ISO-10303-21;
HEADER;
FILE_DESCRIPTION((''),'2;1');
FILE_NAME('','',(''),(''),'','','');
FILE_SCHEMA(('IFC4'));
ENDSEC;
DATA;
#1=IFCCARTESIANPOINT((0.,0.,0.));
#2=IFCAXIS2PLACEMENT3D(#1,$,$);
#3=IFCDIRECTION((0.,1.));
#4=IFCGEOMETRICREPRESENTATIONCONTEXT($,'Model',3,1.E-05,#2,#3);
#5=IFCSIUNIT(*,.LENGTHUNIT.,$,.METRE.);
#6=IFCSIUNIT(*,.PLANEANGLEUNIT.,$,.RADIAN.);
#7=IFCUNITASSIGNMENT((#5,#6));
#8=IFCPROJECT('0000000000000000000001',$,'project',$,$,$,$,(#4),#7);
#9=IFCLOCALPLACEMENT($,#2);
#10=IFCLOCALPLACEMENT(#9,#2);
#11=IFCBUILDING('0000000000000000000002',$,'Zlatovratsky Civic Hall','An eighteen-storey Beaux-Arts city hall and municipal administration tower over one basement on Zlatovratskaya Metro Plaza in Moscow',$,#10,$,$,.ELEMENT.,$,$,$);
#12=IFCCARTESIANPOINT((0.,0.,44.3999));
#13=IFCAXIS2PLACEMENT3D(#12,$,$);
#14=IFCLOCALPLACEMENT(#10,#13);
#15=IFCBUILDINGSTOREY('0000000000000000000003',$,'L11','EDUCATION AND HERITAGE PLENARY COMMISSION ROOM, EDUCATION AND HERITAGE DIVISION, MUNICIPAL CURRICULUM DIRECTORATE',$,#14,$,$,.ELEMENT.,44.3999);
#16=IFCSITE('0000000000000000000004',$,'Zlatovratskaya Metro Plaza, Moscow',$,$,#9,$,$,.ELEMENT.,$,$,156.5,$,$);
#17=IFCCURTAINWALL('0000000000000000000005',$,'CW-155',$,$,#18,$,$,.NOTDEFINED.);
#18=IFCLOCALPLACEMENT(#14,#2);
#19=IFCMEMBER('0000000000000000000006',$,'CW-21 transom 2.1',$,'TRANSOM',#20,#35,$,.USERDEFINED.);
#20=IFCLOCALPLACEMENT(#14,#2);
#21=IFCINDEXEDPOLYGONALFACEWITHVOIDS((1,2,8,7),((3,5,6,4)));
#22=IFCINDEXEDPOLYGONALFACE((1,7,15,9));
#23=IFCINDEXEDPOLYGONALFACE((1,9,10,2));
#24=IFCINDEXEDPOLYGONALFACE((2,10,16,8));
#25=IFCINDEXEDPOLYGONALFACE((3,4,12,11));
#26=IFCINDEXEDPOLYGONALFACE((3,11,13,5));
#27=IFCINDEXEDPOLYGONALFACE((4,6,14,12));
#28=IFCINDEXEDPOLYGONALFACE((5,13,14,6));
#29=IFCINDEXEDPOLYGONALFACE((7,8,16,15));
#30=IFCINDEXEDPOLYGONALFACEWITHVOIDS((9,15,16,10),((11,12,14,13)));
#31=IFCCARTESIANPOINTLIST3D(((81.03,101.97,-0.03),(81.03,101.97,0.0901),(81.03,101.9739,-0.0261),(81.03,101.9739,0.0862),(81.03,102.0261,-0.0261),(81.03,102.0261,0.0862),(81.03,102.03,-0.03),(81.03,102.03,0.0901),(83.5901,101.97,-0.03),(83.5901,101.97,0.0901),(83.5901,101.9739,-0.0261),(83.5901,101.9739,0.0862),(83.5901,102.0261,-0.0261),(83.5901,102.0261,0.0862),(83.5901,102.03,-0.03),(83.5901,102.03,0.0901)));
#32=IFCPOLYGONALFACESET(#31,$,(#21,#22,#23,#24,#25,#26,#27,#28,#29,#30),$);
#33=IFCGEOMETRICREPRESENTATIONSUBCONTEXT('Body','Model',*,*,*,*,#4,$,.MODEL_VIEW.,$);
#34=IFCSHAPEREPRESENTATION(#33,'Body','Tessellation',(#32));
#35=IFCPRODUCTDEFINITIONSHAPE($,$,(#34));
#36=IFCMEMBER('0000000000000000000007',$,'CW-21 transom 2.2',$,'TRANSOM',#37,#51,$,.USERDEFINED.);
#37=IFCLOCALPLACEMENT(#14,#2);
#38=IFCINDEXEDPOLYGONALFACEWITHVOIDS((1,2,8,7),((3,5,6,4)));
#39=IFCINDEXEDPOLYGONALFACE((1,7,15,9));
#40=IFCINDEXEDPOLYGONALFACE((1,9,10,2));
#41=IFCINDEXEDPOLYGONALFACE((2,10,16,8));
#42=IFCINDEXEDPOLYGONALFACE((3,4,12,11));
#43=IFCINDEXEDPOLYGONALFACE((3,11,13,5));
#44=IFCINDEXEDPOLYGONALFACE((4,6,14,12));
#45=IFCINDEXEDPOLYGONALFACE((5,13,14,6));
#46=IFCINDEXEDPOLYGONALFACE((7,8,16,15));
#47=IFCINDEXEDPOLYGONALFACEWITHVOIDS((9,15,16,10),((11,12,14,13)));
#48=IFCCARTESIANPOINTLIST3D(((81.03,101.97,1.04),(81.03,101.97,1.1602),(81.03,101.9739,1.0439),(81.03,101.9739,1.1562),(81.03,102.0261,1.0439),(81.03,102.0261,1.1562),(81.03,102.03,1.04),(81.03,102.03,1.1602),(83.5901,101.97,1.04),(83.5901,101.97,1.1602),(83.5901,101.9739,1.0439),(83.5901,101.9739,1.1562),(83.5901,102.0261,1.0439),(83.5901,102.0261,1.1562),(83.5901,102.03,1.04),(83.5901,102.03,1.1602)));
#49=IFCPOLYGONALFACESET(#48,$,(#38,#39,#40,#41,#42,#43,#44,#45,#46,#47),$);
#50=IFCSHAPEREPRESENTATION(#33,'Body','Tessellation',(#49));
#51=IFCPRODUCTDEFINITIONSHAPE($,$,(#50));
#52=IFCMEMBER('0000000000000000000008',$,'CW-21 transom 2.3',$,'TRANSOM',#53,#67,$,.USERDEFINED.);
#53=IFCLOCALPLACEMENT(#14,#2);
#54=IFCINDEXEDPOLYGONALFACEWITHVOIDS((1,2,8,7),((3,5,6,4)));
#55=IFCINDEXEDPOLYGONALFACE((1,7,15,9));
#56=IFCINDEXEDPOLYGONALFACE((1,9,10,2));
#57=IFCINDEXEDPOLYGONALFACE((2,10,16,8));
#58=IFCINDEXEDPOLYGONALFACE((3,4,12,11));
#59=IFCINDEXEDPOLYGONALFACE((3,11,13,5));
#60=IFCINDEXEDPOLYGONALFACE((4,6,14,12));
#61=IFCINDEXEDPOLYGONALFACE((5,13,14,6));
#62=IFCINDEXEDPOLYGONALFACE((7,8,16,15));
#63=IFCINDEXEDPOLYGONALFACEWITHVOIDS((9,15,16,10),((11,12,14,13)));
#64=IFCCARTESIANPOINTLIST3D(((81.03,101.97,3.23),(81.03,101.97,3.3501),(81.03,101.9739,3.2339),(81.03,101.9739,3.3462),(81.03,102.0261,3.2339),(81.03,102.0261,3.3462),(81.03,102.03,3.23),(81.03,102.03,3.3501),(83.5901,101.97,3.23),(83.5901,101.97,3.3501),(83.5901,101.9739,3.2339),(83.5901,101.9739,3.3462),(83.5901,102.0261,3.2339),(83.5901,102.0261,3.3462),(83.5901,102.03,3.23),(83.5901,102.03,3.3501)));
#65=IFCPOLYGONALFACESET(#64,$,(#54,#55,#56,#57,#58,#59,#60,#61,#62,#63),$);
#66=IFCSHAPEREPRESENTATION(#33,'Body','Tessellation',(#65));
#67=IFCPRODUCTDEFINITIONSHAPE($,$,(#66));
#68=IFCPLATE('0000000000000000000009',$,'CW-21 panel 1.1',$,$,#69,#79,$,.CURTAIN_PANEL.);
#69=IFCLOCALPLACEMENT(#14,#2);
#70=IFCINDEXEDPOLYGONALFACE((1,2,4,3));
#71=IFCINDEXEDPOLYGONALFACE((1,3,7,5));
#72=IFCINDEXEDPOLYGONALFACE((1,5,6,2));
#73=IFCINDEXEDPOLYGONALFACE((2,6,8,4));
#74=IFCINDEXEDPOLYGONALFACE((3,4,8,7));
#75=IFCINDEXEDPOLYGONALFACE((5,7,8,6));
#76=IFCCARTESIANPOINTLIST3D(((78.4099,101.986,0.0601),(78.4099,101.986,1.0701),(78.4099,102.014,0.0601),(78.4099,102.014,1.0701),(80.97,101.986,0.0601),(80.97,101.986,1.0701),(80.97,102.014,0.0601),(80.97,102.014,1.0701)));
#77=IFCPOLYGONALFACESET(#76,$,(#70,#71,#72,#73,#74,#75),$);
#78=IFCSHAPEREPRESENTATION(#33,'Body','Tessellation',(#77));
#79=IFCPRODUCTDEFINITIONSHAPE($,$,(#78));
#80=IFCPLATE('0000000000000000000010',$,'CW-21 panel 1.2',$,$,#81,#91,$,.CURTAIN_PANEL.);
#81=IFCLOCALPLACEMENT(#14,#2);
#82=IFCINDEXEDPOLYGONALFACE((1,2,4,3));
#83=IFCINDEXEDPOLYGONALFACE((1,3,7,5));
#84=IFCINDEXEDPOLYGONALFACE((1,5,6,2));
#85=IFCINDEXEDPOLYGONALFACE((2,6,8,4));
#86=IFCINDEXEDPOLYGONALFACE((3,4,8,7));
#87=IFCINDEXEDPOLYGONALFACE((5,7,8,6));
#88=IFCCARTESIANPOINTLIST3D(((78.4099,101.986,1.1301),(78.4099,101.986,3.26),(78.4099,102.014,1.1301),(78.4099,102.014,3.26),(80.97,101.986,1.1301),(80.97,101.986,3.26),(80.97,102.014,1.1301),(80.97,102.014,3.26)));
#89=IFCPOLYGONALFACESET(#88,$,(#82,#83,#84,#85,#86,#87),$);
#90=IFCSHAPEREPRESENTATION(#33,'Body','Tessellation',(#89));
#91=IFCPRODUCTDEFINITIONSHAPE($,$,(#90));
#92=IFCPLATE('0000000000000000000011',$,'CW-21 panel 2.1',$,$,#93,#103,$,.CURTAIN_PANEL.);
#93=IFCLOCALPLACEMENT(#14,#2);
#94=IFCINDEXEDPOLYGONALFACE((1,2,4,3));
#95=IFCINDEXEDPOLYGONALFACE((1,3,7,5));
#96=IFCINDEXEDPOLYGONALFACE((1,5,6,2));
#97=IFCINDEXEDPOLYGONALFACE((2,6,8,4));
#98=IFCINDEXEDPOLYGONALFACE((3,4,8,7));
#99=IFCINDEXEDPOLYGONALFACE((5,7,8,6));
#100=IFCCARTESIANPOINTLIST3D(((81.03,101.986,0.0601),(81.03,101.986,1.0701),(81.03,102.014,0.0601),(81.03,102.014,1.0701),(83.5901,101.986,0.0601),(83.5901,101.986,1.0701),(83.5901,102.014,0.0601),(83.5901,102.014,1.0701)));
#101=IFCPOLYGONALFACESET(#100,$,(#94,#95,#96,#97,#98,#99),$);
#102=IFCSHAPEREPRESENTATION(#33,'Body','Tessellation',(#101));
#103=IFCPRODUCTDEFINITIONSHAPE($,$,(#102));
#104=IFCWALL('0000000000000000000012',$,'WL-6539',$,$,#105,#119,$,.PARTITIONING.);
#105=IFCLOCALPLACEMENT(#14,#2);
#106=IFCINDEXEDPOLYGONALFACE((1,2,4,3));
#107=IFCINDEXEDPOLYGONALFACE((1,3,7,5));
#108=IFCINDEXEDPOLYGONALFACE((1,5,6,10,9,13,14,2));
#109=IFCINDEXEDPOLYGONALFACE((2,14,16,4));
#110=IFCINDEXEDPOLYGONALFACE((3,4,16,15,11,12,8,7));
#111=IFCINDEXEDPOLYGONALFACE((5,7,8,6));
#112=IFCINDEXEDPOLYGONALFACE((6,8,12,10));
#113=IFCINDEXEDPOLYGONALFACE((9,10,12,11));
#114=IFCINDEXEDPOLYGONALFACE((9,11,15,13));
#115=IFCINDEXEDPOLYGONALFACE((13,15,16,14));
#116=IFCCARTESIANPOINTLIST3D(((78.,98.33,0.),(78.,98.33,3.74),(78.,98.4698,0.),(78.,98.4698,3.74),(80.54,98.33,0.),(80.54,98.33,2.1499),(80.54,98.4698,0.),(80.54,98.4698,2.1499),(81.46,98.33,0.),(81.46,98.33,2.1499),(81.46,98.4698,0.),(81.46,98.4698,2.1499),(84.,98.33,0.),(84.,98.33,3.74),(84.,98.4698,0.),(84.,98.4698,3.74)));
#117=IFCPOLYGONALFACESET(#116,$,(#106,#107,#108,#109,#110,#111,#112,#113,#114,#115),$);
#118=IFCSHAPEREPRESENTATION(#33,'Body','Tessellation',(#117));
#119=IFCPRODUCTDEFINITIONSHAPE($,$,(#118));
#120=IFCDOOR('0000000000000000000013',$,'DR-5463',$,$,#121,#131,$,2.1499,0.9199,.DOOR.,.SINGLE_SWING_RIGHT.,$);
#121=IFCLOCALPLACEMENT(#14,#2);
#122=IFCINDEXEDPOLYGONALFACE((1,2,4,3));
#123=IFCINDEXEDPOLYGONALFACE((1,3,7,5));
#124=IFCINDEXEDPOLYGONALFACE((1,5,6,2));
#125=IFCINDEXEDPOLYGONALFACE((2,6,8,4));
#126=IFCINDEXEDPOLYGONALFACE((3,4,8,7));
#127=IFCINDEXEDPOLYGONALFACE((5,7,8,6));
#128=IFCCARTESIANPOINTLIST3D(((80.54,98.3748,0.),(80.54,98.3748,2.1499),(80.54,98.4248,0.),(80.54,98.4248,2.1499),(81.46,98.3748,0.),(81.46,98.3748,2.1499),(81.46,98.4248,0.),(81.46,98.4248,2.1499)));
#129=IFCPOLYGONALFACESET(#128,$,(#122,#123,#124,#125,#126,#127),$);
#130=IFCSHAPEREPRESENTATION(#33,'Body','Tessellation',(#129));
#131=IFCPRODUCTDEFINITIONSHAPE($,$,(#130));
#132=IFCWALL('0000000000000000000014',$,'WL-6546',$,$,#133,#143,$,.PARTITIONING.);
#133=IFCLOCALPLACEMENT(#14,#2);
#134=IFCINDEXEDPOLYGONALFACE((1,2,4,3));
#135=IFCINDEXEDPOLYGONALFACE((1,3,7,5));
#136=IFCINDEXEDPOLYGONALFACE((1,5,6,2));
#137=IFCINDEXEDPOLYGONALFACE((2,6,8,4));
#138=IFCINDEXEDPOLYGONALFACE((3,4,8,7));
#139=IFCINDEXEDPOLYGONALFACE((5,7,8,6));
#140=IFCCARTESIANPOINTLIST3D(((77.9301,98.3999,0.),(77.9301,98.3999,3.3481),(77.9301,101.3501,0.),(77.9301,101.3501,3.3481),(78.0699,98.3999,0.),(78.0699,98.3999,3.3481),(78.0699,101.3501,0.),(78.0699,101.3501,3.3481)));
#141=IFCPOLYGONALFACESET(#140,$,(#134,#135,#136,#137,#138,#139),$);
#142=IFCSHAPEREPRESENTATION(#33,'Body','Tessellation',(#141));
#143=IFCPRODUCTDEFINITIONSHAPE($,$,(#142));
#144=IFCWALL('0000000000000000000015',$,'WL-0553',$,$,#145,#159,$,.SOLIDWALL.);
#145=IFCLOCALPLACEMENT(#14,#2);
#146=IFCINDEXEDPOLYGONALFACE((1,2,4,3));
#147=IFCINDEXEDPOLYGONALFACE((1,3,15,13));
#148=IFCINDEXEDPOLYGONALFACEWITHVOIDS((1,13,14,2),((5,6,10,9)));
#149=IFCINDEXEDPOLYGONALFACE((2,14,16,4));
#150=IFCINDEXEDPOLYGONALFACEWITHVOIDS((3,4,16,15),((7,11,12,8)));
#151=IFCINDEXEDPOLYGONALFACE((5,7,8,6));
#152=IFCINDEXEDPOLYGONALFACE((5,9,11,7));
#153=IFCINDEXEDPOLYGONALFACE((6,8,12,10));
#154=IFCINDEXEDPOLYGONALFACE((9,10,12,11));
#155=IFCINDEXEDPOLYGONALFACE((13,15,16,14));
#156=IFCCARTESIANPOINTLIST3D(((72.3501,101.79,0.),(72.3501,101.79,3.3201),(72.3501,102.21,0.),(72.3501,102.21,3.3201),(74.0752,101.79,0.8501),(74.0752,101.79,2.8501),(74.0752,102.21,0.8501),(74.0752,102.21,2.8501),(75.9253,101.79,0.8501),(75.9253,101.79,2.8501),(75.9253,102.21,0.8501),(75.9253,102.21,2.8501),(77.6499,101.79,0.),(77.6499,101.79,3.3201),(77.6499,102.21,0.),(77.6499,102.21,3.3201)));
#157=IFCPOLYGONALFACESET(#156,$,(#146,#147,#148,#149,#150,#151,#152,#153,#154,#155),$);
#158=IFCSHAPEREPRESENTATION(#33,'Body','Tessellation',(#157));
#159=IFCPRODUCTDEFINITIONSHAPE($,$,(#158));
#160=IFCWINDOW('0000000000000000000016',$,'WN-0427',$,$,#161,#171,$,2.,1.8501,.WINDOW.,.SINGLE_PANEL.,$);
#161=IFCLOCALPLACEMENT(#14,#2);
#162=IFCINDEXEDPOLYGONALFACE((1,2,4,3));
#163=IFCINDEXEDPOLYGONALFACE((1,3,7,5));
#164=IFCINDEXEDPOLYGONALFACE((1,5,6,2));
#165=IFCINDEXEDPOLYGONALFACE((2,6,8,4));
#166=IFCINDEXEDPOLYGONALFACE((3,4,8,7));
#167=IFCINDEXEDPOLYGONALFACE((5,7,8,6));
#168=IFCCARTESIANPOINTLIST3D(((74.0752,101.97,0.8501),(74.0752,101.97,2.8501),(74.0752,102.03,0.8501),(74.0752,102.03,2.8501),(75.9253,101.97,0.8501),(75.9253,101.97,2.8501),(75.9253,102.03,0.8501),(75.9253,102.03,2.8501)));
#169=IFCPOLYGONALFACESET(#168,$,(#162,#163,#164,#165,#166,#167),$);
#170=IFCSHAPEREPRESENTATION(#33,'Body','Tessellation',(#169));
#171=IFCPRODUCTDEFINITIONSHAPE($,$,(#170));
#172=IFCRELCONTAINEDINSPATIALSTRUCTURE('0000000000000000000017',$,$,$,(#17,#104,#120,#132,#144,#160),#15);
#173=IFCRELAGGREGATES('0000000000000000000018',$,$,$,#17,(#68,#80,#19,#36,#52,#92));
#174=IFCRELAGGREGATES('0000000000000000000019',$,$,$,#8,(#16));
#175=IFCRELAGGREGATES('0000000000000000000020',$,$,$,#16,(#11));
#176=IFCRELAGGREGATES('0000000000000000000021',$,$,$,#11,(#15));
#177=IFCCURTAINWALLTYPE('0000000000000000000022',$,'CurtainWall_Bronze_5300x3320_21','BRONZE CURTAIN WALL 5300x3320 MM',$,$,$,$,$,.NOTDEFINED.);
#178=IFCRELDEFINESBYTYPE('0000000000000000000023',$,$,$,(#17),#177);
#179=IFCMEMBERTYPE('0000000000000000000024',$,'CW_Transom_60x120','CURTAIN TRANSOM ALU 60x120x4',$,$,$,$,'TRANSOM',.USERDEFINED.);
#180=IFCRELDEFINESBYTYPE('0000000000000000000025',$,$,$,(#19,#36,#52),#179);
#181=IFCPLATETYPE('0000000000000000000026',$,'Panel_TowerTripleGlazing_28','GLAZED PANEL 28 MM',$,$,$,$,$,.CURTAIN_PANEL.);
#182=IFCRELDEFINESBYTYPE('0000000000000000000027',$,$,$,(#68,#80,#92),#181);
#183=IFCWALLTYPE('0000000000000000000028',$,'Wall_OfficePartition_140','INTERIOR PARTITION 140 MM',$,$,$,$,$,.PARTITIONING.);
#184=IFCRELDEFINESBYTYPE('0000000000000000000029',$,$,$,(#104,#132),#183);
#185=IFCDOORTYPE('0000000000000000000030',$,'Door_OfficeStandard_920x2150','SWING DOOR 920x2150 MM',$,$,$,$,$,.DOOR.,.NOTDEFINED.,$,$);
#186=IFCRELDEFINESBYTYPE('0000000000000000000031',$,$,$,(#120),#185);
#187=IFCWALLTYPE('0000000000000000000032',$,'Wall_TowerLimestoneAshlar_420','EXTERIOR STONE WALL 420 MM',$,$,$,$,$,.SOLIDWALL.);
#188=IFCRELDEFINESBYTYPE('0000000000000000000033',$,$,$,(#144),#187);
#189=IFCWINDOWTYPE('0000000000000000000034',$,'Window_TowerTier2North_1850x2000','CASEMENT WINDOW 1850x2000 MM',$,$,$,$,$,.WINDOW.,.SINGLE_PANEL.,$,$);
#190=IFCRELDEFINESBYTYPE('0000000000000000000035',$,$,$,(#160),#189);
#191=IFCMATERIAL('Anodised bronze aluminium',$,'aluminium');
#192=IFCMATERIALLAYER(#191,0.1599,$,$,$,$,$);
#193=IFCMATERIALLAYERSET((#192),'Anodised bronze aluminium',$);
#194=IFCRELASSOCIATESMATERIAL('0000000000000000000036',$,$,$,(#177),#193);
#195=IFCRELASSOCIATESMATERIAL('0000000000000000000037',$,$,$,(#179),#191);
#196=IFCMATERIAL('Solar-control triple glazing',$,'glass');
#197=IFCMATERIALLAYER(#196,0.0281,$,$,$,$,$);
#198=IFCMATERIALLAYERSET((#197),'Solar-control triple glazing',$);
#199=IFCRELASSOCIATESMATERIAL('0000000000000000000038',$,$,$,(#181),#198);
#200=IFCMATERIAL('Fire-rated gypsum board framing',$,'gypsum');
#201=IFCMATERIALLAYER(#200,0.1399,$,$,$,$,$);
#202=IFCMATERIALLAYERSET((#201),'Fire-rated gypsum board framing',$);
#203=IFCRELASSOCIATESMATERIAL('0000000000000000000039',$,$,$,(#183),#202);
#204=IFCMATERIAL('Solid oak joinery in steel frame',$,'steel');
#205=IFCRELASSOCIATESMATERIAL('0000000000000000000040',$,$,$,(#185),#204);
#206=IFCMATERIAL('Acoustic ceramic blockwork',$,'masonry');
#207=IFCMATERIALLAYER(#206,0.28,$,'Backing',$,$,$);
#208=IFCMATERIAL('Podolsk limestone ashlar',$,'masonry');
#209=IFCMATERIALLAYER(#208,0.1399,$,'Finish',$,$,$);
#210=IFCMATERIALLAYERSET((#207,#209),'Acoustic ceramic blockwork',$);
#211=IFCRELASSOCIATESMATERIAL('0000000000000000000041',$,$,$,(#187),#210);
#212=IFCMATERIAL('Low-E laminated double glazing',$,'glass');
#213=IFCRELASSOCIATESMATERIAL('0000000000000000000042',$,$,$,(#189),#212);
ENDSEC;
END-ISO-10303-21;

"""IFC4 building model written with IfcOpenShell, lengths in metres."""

from ifc_helpers import new_model, si_unit, direction, frame, frame_2d, origin, origin_2d, place, context, subcontext, project, spatial, rectangle, hollow_rectangle, extrude, material, layer, layer_set, material_profile, profile_set, type_object, element, fill, aggregate, save


model = new_model("IFC4")

# Units and contexts
model_context = context("Model", 3, precision=1e-05, world=origin(), true_north=direction((0.0, 1.0)))
body_context = subcontext(model_context, "Body", "Model", "MODEL_VIEW")
ifc_project = project(units=[si_unit("LENGTHUNIT", "METRE"), si_unit("PLANEANGLEUNIT", "RADIAN")], contexts=[model_context])

# Site, building, storey
site_placement = place(None, origin())
site = spatial("IfcSite", under=ifc_project, at=site_placement, Name="Zlatovratskaya Metro Plaza, Moscow", CompositionType="ELEMENT", RefElevation=156.5)
building_placement = place(site_placement, origin())
building = spatial("IfcBuilding", under=site, at=building_placement, Name="Zlatovratsky Civic Hall", Description="An eighteen-storey Beaux-Arts city hall and municipal administration tower over one basement on Zlatovratskaya Metro Plaza in Moscow", CompositionType="ELEMENT")
storey_placement = place(building_placement, frame((0.0, 0.0, 44.3999)))
storey = spatial("IfcBuildingStorey", under=building, at=storey_placement, Name="L11", Description="EDUCATION AND HERITAGE PLENARY COMMISSION ROOM, EDUCATION AND HERITAGE DIVISION, MUNICIPAL CURRICULUM DIRECTORATE", CompositionType="ELEMENT", Elevation=44.3999)

# Curtain wall, members, plates
ifc_material_1 = material(Name="Anodised bronze aluminium", Category="aluminium")
ifc_layer_1 = layer(ifc_material_1, 0.1599)
ifc_layer_set_1 = layer_set([ifc_layer_1], Name="Anodised bronze aluminium")
curtain_wall_type = type_object("IfcCurtainWallType", Name="CurtainWall_Bronze_5300x3320_21", Description="BRONZE CURTAIN WALL 5300x3320 MM", PredefinedType="NOTDEFINED", material=ifc_layer_set_1)
curtain_wall_placement = place(storey_placement, origin())
curtain_wall = element("IfcCurtainWall", 1, at=curtain_wall_placement, inside=storey, type_object=curtain_wall_type, Name="CW-155", PredefinedType="NOTDEFINED")
ifc_material_profile_1 = material_profile(ifc_material_1, hollow_rectangle(XDim=0.0601, YDim=0.1201, WallThickness=0.0039, at=origin_2d()), Name="ALU 60x120x4")
ifc_profile_set_1 = profile_set([ifc_material_profile_1], Name="Anodised bronze aluminium")
member_type_1 = type_object("IfcMemberType", Name="CW_Transom_60x120", Description="CURTAIN TRANSOM ALU 60x120x4", ElementType="TRANSOM", PredefinedType="USERDEFINED", material=ifc_profile_set_1)
member_1_placement = place(storey_placement, frame((81.03, 102.0, 0.03), z_axis=(1.0, 0.0, 0.0), x_axis=(0.0, 1.0, 0.0)))
member_1 = element("IfcMember", 2, at=member_1_placement, type_object=member_type_1, Name="CW-21 transom 2.1", ObjectType="TRANSOM", PredefinedType="USERDEFINED", context=body_context, shape_type="SweptSolid", body=[
    extrude(hollow_rectangle(XDim=0.0601, YDim=0.1201, WallThickness=0.0039, at=origin_2d()), origin(), (0.0, 0.0, 1.0), 2.5601),
])
member_2_placement = place(storey_placement, frame((81.03, 102.0, 1.1001), z_axis=(1.0, 0.0, 0.0), x_axis=(0.0, 1.0, 0.0)))
member_2 = element("IfcMember", 3, at=member_2_placement, type_object=member_type_1, Name="CW-21 transom 2.2", ObjectType="TRANSOM", PredefinedType="USERDEFINED", context=body_context, shape_type="SweptSolid", body=[
    extrude(hollow_rectangle(XDim=0.0601, YDim=0.1201, WallThickness=0.0039, at=origin_2d()), origin(), (0.0, 0.0, 1.0), 2.5601),
])
member_3_placement = place(storey_placement, frame((81.03, 102.0, 3.29), z_axis=(1.0, 0.0, 0.0), x_axis=(0.0, 1.0, 0.0)))
member_3 = element("IfcMember", 4, at=member_3_placement, type_object=member_type_1, Name="CW-21 transom 2.3", ObjectType="TRANSOM", PredefinedType="USERDEFINED", context=body_context, shape_type="SweptSolid", body=[
    extrude(hollow_rectangle(XDim=0.0601, YDim=0.1201, WallThickness=0.0039, at=origin_2d()), origin(), (0.0, 0.0, 1.0), 2.5601),
])
ifc_material_2 = material(Name="Solar-control triple glazing", Category="glass")
ifc_layer_2 = layer(ifc_material_2, 0.0281)
ifc_layer_set_2 = layer_set([ifc_layer_2], Name="Solar-control triple glazing")
plate_type = type_object("IfcPlateType", Name="Panel_TowerTripleGlazing_28", Description="GLAZED PANEL 28 MM", PredefinedType="CURTAIN_PANEL", material=ifc_layer_set_2)
plate_1_placement = place(storey_placement, frame((79.6899, 102.0, 0.0601), z_axis=(0.0, 0.0, 1.0), x_axis=(1.0, 0.0, 0.0)))
plate_1 = element("IfcPlate", 5, at=plate_1_placement, type_object=plate_type, Name="CW-21 panel 1.1", PredefinedType="CURTAIN_PANEL", context=body_context, shape_type="SweptSolid", body=[
    extrude(rectangle(XDim=2.5601, YDim=0.0281, at=origin_2d()), origin(), (0.0, 0.0, 1.0), 1.01),
])
plate_2_placement = place(storey_placement, frame((79.6899, 102.0, 1.1301), z_axis=(0.0, 0.0, 1.0), x_axis=(1.0, 0.0, 0.0)))
plate_2 = element("IfcPlate", 6, at=plate_2_placement, type_object=plate_type, Name="CW-21 panel 1.2", PredefinedType="CURTAIN_PANEL", context=body_context, shape_type="SweptSolid", body=[
    extrude(rectangle(XDim=2.5601, YDim=0.0281, at=origin_2d()), origin(), (0.0, 0.0, 1.0), 2.1299),
])
plate_3_placement = place(storey_placement, frame((82.3101, 102.0, 0.0601), z_axis=(0.0, 0.0, 1.0), x_axis=(1.0, 0.0, 0.0)))
plate_3 = element("IfcPlate", 7, at=plate_3_placement, type_object=plate_type, Name="CW-21 panel 2.1", PredefinedType="CURTAIN_PANEL", context=body_context, shape_type="SweptSolid", body=[
    extrude(rectangle(XDim=2.5601, YDim=0.0281, at=origin_2d()), origin(), (0.0, 0.0, 1.0), 1.01),
])
aggregate(curtain_wall, [plate_1, plate_2, member_1, member_2, member_3, plate_3])

# Wall, opening, door
ifc_material_3 = material(Name="Fire-rated gypsum board framing", Category="gypsum")
ifc_layer_3 = layer(ifc_material_3, 0.1399)
ifc_layer_set_3 = layer_set([ifc_layer_3], Name="Fire-rated gypsum board framing")
wall_type_1 = type_object("IfcWallType", Name="Wall_OfficePartition_140", Description="INTERIOR PARTITION 140 MM", PredefinedType="PARTITIONING", material=ifc_layer_set_3)
wall_1_placement = place(storey_placement, frame((78.0, 98.3999, 0.0), z_axis=(0.0, 0.0, 1.0), x_axis=(1.0, 0.0, 0.0)))
wall_1 = element("IfcWall", 8, at=wall_1_placement, inside=storey, type_object=wall_type_1, Name="WL-6539", PredefinedType="PARTITIONING", context=body_context, shape_type="SweptSolid", body=[
    extrude(rectangle(XDim=6.0, YDim=0.1399, at=frame_2d((3.0, 0.0))), origin(), (0.0, 0.0, 1.0), 3.74),
])
opening_1_placement = place(wall_1_placement, frame((2.54, 0.0, 0.0)))
opening_1 = element("IfcOpeningElement", 9, at=opening_1_placement, cuts=wall_1, PredefinedType="OPENING", context=body_context, shape_type="SweptSolid", body=[
    extrude(rectangle(XDim=0.9199, YDim=2.1499, at=frame_2d((0.46, 1.075))), frame((0.0, 0.085, 0.0), z_axis=(0.0, -1.0, 0.0), x_axis=(1.0, 0.0, 0.0)), (0.0, 0.0, 1.0), 0.1697),
])
ifc_material_4 = material(Name="Solid oak joinery in steel frame", Category="steel")
door_type_1 = type_object("IfcDoorType", Name="Door_OfficeStandard_920x2150", Description="SWING DOOR 920x2150 MM", OperationType="NOTDEFINED", PredefinedType="DOOR", material=ifc_material_4)
door_1_placement = place(opening_1_placement, origin())
door_1 = element("IfcDoor", 10, at=door_1_placement, inside=storey, type_object=door_type_1, Name="DR-5463", OperationType="SINGLE_SWING_RIGHT", OverallHeight=2.1499, OverallWidth=0.9199, PredefinedType="DOOR", context=body_context, shape_type="SweptSolid", body=[
    extrude(rectangle(XDim=0.9199, YDim=2.1499, at=frame_2d((0.46, 1.075))), frame((0.0, 0.0249, 0.0), z_axis=(0.0, -1.0, 0.0), x_axis=(1.0, 0.0, 0.0)), (0.0, 0.0, 1.0), 0.05),
])
fill(opening_1, door_1)

# Wall
wall_2_placement = place(storey_placement, frame((78.0, 98.3999, 0.0), z_axis=(0.0, 0.0, 1.0), x_axis=(0.0, 1.0, 0.0)))
element("IfcWall", 11, at=wall_2_placement, inside=storey, type_object=wall_type_1, Name="WL-6546", PredefinedType="PARTITIONING", context=body_context, shape_type="SweptSolid", body=[
    extrude(rectangle(XDim=2.9502, YDim=0.1399, at=frame_2d((1.4751, 0.0))), origin(), (0.0, 0.0, 1.0), 3.3481),
])

# Wall, opening, window
ifc_material_5 = material(Name="Acoustic ceramic blockwork", Category="masonry")
ifc_layer_4 = layer(ifc_material_5, 0.28, Name="Backing")
ifc_material_6 = material(Name="Podolsk limestone ashlar", Category="masonry")
ifc_layer_5 = layer(ifc_material_6, 0.1399, Name="Finish")
ifc_layer_set_4 = layer_set([ifc_layer_4, ifc_layer_5], Name="Acoustic ceramic blockwork")
wall_type_2 = type_object("IfcWallType", Name="Wall_TowerLimestoneAshlar_420", Description="EXTERIOR STONE WALL 420 MM", PredefinedType="SOLIDWALL", material=ifc_layer_set_4)
wall_3_placement = place(storey_placement, frame((72.3501, 102.0, 0.0), z_axis=(0.0, 0.0, 1.0), x_axis=(1.0, 0.0, 0.0)))
wall_3 = element("IfcWall", 12, at=wall_3_placement, inside=storey, type_object=wall_type_2, Name="WL-0553", PredefinedType="SOLIDWALL", context=body_context, shape_type="SweptSolid", body=[
    extrude(rectangle(XDim=5.2998, YDim=0.4199, at=frame_2d((2.6499, 0.0))), origin(), (0.0, 0.0, 1.0), 3.3201),
])
opening_2_placement = place(wall_3_placement, frame((1.7251, 0.0, 0.8501)))
opening_2 = element("IfcOpeningElement", 13, at=opening_2_placement, cuts=wall_3, PredefinedType="OPENING", context=body_context, shape_type="SweptSolid", body=[
    extrude(rectangle(XDim=1.8501, YDim=2.0, at=frame_2d((0.925, 1.0))), frame((0.0, 0.2249, 0.0), z_axis=(0.0, -1.0, 0.0), x_axis=(1.0, 0.0, 0.0)), (0.0, 0.0, 1.0), 0.4497),
])
ifc_material_7 = material(Name="Low-E laminated double glazing", Category="glass")
window_type = type_object("IfcWindowType", Name="Window_TowerTier2North_1850x2000", Description="CASEMENT WINDOW 1850x2000 MM", PartitioningType="SINGLE_PANEL", PredefinedType="WINDOW", material=ifc_material_7)
window_placement = place(opening_2_placement, origin())
window = element("IfcWindow", 14, at=window_placement, inside=storey, type_object=window_type, Name="WN-0427", OverallHeight=2.0, OverallWidth=1.8501, PartitioningType="SINGLE_PANEL", PredefinedType="WINDOW", context=body_context, shape_type="SweptSolid", body=[
    extrude(rectangle(XDim=1.8501, YDim=2.0, at=frame_2d((0.925, 1.0))), frame((0.0, 0.03, 0.0), z_axis=(0.0, -1.0, 0.0), x_axis=(1.0, 0.0, 0.0)), (0.0, 0.0, 1.0), 0.0601),
])
fill(opening_2, window)

save(model, "model.ifc")
